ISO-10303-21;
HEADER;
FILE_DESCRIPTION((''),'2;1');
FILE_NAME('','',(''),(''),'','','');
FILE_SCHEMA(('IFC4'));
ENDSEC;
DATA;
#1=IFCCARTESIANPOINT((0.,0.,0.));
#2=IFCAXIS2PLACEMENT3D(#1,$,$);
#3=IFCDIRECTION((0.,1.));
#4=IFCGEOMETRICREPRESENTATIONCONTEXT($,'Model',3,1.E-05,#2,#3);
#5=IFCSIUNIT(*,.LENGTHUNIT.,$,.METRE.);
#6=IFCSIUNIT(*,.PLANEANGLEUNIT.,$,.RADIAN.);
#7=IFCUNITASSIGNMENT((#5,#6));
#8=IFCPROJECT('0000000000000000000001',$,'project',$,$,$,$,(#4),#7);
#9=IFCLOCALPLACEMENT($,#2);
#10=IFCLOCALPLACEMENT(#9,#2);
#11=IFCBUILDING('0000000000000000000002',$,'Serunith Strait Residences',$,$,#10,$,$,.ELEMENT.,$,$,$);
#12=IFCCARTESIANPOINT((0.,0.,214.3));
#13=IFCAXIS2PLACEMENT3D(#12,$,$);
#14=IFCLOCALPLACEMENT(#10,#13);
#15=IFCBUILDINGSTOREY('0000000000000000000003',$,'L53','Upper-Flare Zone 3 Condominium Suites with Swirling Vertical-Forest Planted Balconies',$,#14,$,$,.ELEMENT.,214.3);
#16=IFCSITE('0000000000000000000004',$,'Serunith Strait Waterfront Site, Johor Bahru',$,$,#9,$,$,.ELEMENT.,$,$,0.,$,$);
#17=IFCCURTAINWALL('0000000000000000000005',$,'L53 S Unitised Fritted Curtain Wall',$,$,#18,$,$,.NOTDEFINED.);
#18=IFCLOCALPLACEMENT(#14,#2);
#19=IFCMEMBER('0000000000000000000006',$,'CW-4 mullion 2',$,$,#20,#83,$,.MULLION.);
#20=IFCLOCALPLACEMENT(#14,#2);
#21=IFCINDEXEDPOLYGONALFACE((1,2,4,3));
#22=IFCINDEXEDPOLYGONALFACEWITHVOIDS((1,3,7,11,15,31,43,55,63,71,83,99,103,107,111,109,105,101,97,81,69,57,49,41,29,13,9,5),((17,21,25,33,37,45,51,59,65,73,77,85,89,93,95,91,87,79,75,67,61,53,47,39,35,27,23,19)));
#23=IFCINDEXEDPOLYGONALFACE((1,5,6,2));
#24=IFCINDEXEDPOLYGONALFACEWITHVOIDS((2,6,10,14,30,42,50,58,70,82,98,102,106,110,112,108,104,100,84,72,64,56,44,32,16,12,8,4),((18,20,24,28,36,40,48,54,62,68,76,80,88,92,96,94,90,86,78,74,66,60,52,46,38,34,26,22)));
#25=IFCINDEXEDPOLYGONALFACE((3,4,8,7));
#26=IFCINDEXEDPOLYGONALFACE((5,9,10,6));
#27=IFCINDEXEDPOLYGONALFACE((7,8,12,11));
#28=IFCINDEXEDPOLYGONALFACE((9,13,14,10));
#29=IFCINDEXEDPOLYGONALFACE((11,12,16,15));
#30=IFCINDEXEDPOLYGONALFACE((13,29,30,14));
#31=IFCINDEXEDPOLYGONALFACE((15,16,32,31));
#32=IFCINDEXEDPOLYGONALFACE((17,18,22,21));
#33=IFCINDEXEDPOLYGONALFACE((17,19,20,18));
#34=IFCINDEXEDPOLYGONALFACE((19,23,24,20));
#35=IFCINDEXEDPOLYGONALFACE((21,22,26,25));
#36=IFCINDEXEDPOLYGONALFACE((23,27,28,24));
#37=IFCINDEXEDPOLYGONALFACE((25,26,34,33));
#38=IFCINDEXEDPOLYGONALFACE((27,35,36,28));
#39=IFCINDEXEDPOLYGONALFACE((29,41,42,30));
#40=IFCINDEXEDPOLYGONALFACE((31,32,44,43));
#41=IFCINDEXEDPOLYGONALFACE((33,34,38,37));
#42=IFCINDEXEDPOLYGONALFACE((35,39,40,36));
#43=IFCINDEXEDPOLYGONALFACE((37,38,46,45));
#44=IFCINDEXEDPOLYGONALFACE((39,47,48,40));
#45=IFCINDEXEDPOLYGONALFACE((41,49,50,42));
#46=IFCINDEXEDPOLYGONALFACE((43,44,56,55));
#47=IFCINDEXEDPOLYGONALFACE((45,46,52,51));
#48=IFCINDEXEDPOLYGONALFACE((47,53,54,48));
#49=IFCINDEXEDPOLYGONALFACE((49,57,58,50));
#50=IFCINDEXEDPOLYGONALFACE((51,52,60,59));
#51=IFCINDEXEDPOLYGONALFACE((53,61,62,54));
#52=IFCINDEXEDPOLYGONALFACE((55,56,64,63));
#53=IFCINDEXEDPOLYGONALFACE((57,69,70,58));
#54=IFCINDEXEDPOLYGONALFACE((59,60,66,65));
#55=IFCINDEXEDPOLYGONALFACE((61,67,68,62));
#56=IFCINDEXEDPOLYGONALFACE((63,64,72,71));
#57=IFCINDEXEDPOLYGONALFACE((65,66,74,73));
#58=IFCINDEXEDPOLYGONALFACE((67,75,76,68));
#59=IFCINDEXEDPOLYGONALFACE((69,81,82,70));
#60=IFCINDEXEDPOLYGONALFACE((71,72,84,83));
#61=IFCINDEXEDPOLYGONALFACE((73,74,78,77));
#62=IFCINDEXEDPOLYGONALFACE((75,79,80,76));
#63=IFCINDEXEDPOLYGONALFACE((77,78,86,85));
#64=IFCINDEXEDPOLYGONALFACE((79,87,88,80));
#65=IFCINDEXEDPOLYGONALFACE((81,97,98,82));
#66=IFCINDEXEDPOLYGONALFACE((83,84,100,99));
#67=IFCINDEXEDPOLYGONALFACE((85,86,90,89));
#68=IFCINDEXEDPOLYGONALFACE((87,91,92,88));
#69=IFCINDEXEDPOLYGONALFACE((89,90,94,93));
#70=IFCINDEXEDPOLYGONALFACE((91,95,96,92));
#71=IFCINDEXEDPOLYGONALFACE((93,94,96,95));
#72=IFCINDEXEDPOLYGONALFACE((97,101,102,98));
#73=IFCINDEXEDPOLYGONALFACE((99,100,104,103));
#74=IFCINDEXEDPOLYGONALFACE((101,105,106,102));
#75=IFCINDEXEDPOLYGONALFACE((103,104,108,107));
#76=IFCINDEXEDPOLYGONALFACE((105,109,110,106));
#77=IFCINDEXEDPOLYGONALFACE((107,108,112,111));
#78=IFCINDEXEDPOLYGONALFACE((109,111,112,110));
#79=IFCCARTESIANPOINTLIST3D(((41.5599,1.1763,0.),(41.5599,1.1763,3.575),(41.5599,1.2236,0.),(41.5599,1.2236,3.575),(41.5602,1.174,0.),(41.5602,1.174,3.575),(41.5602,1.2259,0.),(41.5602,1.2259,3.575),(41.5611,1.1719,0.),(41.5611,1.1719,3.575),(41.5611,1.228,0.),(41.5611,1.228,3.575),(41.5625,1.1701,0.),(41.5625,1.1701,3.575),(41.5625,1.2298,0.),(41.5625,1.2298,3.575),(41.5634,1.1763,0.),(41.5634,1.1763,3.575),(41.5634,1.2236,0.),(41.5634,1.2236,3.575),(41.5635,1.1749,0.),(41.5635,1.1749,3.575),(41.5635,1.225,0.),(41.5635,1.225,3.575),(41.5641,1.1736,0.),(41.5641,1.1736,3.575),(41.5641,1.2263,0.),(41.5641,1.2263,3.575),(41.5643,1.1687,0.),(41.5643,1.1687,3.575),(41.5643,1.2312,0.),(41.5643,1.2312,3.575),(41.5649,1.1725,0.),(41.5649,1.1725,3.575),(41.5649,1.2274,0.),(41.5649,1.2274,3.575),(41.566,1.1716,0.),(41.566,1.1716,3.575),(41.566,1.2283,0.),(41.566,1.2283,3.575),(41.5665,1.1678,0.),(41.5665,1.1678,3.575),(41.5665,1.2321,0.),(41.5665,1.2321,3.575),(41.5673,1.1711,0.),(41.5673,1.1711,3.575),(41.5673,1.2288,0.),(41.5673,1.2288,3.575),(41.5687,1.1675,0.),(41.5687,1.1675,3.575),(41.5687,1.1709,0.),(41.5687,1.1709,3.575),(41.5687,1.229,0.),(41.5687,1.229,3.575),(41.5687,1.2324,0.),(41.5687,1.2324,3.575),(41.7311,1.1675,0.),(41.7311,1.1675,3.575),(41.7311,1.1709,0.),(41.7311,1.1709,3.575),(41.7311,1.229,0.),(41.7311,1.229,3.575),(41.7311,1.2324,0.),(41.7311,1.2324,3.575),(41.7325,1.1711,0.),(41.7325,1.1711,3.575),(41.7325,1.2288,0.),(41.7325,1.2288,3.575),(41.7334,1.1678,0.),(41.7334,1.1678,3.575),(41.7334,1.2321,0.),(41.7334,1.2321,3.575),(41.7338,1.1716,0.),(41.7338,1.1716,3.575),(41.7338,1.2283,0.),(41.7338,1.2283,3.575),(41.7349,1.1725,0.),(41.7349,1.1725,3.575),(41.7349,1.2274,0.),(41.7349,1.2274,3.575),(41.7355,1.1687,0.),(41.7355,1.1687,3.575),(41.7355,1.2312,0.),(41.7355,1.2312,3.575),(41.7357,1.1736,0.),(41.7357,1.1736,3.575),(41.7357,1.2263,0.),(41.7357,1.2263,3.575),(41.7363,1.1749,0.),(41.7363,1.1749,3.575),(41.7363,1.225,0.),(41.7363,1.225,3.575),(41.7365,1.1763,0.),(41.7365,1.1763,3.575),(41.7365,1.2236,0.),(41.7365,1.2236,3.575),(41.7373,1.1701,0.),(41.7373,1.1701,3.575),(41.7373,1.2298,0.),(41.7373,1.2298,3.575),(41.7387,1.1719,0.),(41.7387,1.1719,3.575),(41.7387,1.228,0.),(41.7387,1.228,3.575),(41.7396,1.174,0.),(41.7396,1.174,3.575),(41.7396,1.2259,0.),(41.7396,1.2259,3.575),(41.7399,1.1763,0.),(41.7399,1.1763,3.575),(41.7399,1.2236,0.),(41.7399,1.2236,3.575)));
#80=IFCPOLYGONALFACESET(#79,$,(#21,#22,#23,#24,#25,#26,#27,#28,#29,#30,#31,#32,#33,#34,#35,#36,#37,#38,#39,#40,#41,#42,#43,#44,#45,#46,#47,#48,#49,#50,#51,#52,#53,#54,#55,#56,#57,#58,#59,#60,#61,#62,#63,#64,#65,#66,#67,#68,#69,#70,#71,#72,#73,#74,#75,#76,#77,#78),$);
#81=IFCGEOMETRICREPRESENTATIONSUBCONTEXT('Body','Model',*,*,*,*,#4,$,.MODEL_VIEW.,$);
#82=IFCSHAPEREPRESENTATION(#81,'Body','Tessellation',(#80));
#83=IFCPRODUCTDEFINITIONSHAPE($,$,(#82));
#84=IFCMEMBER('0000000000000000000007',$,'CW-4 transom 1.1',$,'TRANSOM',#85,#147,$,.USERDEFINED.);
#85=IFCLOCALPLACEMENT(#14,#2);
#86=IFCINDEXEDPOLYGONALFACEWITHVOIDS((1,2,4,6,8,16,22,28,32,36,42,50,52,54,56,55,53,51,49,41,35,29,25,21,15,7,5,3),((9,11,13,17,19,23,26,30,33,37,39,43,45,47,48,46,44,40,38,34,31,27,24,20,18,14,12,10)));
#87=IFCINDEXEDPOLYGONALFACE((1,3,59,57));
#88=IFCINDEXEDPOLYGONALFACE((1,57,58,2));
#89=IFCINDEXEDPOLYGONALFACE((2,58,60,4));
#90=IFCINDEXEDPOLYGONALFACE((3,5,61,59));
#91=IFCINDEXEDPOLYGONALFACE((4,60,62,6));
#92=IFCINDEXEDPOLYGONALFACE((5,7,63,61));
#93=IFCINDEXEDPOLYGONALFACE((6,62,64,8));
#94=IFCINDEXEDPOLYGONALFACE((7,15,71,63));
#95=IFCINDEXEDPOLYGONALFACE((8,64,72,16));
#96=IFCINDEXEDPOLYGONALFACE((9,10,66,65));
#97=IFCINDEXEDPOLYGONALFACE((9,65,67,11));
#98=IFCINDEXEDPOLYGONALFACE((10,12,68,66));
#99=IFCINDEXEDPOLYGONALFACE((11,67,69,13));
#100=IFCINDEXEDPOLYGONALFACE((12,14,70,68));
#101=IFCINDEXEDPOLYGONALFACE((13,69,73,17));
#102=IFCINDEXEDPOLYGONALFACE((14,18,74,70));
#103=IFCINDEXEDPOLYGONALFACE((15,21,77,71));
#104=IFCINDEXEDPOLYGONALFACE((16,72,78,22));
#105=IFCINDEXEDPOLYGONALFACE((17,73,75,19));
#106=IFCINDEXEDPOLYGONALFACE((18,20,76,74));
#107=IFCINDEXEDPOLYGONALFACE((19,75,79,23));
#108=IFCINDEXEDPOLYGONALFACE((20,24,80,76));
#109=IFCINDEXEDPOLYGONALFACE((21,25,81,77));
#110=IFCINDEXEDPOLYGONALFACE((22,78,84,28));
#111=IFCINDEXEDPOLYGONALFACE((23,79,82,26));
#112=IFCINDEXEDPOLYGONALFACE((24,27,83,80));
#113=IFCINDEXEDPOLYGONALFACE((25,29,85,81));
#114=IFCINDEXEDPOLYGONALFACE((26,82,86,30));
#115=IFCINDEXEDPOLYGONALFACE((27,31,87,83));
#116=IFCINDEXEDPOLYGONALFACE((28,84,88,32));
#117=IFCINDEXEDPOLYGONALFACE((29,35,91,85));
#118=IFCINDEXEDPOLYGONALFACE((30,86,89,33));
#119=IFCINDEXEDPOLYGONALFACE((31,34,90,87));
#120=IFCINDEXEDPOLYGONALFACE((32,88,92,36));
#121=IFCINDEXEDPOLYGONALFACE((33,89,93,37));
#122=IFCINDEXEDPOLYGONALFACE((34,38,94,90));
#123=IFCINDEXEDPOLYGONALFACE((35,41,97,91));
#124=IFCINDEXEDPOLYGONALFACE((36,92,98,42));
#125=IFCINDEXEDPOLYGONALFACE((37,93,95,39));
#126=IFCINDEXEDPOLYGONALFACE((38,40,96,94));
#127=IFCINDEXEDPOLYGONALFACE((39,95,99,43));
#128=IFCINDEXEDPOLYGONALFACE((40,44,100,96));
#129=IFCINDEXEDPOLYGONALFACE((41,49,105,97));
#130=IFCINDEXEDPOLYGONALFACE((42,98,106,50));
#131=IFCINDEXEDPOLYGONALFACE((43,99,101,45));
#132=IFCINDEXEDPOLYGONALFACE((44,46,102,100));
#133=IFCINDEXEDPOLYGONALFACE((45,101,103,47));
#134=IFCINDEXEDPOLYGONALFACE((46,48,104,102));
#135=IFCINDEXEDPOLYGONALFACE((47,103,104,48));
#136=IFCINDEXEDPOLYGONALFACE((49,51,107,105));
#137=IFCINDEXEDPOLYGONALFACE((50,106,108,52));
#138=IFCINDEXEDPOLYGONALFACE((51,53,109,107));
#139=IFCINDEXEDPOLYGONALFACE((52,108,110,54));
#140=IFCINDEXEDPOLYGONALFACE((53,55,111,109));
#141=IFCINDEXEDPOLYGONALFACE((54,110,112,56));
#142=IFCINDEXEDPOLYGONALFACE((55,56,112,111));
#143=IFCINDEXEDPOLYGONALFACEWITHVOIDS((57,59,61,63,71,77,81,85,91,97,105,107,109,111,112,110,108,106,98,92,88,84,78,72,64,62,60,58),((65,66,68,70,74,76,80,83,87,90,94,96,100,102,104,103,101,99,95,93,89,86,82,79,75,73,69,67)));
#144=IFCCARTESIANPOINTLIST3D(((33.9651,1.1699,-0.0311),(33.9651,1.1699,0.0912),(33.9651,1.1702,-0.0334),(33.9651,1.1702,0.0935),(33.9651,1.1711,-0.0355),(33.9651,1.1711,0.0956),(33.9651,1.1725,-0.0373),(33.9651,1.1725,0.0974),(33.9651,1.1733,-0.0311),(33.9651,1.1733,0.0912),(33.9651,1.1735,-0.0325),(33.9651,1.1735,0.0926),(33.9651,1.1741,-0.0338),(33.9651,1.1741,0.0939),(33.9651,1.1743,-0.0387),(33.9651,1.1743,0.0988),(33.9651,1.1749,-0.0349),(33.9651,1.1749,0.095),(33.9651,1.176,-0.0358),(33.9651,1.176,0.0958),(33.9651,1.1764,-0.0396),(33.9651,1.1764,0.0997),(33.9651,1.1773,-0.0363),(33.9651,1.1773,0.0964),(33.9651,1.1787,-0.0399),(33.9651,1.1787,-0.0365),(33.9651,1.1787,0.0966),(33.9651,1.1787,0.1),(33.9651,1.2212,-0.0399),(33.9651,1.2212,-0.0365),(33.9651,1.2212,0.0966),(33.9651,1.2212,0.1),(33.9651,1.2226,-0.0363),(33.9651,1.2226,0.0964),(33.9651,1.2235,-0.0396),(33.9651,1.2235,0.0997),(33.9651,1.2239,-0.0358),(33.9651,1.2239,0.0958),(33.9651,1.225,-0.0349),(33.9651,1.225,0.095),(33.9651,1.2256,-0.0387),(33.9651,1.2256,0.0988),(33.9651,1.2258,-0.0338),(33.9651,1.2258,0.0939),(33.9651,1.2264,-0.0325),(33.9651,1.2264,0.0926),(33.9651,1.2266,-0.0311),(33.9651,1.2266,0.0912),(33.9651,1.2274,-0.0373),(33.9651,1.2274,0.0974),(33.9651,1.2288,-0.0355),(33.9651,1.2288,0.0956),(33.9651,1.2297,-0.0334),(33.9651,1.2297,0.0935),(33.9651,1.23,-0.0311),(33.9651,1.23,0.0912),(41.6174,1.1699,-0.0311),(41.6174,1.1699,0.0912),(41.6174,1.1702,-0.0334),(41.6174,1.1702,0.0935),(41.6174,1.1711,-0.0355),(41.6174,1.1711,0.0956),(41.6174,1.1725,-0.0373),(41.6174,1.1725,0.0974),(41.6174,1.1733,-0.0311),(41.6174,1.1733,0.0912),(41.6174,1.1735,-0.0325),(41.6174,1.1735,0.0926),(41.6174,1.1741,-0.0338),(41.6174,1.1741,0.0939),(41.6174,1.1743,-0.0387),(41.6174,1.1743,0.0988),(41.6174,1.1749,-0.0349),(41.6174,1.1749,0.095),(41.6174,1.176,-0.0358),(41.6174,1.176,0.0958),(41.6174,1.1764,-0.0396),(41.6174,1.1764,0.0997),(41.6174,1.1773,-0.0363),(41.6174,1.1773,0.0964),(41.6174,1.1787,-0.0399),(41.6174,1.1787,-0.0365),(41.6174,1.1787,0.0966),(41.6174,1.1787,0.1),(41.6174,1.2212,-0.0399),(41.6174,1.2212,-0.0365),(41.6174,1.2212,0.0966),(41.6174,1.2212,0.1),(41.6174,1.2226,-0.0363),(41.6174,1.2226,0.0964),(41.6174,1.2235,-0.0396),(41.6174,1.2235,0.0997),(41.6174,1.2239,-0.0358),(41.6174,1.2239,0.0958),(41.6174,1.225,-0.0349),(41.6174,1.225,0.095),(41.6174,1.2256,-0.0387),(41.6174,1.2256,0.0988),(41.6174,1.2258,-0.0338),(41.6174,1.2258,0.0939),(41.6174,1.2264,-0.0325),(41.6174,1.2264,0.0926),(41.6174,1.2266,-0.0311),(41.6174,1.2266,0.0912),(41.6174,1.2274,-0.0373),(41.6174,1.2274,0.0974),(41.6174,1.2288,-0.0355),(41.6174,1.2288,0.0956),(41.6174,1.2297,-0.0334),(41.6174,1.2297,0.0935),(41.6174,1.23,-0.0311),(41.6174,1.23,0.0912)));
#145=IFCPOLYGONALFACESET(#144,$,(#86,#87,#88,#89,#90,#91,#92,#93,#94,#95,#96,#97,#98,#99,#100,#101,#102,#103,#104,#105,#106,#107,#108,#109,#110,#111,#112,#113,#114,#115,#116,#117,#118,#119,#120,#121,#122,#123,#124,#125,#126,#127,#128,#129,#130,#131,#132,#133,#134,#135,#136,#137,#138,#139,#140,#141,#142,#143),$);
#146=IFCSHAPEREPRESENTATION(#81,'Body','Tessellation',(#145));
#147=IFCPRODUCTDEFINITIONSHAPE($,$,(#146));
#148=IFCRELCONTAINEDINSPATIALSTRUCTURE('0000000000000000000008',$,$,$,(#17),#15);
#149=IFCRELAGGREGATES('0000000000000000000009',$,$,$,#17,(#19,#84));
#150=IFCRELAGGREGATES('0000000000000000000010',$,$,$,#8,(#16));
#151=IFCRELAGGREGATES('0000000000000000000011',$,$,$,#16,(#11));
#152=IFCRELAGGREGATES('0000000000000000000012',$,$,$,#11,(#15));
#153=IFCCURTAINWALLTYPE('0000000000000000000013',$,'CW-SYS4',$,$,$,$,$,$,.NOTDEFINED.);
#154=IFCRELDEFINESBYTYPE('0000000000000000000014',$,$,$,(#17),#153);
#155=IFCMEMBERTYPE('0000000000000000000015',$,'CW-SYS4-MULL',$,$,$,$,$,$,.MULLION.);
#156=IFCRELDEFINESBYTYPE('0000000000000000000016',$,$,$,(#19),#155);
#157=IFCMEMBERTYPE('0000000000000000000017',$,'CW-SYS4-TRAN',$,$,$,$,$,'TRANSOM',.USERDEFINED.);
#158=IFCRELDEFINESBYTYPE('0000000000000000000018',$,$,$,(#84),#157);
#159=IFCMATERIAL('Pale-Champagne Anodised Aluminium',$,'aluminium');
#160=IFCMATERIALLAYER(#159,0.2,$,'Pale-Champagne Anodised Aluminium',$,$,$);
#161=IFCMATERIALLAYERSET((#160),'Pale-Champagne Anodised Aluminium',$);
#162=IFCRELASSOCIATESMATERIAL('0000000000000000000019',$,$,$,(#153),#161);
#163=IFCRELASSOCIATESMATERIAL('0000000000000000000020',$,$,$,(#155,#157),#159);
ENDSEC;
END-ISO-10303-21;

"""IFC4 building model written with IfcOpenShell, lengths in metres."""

from ifc_helpers import new_model, si_unit, direction, frame, origin, origin_2d, place, context, subcontext, project, spatial, hollow_rectangle, extrude, source, transform, mapped, material, layer, layer_set, material_profile, profile_set, type_object, element, aggregate, save


model = new_model("IFC4")

# Units and contexts
model_context = context("Model", 3, precision=1e-05, world=origin(), true_north=direction((0.0, 1.0)))
body_context = subcontext(model_context, "Body", "Model", "MODEL_VIEW")
ifc_project = project(units=[si_unit("LENGTHUNIT", "METRE"), si_unit("PLANEANGLEUNIT", "RADIAN")], contexts=[model_context])

# Site, building, storey
site_placement = place(None, origin())
site = spatial("IfcSite", under=ifc_project, at=site_placement, Name="Serunith Strait Waterfront Site, Johor Bahru", CompositionType="ELEMENT", RefElevation=0.0)
building_placement = place(site_placement, origin())
building = spatial("IfcBuilding", under=site, at=building_placement, Name="Serunith Strait Residences", CompositionType="ELEMENT")
storey_placement = place(building_placement, frame((0.0, 0.0, 214.3)))
storey = spatial("IfcBuildingStorey", under=building, at=storey_placement, Name="L53", Description="Upper-Flare Zone 3 Condominium Suites with Swirling Vertical-Forest Planted Balconies", CompositionType="ELEMENT", Elevation=214.3)

# Shared definitions
ifc_material_1 = material(Name="Pale-Champagne Anodised Aluminium", Category="aluminium")
ifc_layer_1 = layer(ifc_material_1, 0.2, Name="Pale-Champagne Anodised Aluminium")
ifc_layer_set_1 = layer_set([ifc_layer_1], Name="Pale-Champagne Anodised Aluminium")
curtain_wall_type = type_object("IfcCurtainWallType", Name="CW-SYS4", PredefinedType="NOTDEFINED", material=ifc_layer_set_1)
ifc_material_profile_1 = material_profile(ifc_material_1, hollow_rectangle(XDim=0.0649, YDim=0.1799, WallThickness=0.0034, InnerFilletRadius=0.0054, OuterFilletRadius=0.0088, at=origin_2d()), Name="ALU 180x65x3.5")
ifc_profile_set_1 = profile_set([ifc_material_profile_1], Name="Pale-Champagne Anodised Aluminium")
member_type_1 = type_object("IfcMemberType", Name="CW-SYS4-MULL", PredefinedType="MULLION", material=ifc_profile_set_1)
shared_shape_1 = source(origin(), body_context, "Body", "SweptSolid", [
    extrude(hollow_rectangle(XDim=0.0649, YDim=0.1799, WallThickness=0.0034, InnerFilletRadius=0.0054, OuterFilletRadius=0.0088, at=origin_2d()), origin(), (0.0, 0.0, 1.0), 3.575),
])

# Curtain wall, members
curtain_wall_1_placement = place(storey_placement, origin())
curtain_wall_1 = element("IfcCurtainWall", 1, at=curtain_wall_1_placement, inside=storey, type_object=curtain_wall_type, Name="L53 S Unitised Fritted Curtain Wall", PredefinedType="NOTDEFINED")
member_1_placement = place(storey_placement, frame((41.6499, 1.2, 0.0), z_axis=(0.0, 0.0, 1.0), x_axis=(0.0, 1.0, 0.0)))
member_1 = element("IfcMember", 2, at=member_1_placement, type_object=member_type_1, Name="CW-4 mullion 2", PredefinedType="MULLION", context=body_context, shape_type="MappedRepresentation", body=[
    mapped(shared_shape_1, transform((0.0, 0.0, 0.0), scale=1.0)),
])
ifc_material_profile_2 = material_profile(ifc_material_1, hollow_rectangle(XDim=0.0601, YDim=0.1399, WallThickness=0.0034, InnerFilletRadius=0.0054, OuterFilletRadius=0.0088, at=origin_2d()), Name="ALU 140x60x3.5")
ifc_profile_set_2 = profile_set([ifc_material_profile_2], Name="Pale-Champagne Anodised Aluminium")
member_type_2 = type_object("IfcMemberType", Name="CW-SYS4-TRAN", ElementType="TRANSOM", PredefinedType="USERDEFINED", material=ifc_profile_set_2)
shared_shape_2 = source(origin(), body_context, "Body", "SweptSolid", [
    extrude(hollow_rectangle(XDim=0.0601, YDim=0.1399, WallThickness=0.0034, InnerFilletRadius=0.0054, OuterFilletRadius=0.0088, at=origin_2d()), origin(), (0.0, 0.0, 1.0), 7.6523),
])
member_2_placement = place(storey_placement, frame((33.9651, 1.2, 0.03), z_axis=(1.0, 0.0, 0.0), x_axis=(0.0, 1.0, 0.0)))
member_2 = element("IfcMember", 3, at=member_2_placement, type_object=member_type_2, Name="CW-4 transom 1.1", ObjectType="TRANSOM", PredefinedType="USERDEFINED", context=body_context, shape_type="MappedRepresentation", body=[
    mapped(shared_shape_2, transform((0.0, 0.0, 0.0), scale=1.0)),
])
aggregate(curtain_wall_1, [member_1, member_2])

save(model, "model.ifc")
